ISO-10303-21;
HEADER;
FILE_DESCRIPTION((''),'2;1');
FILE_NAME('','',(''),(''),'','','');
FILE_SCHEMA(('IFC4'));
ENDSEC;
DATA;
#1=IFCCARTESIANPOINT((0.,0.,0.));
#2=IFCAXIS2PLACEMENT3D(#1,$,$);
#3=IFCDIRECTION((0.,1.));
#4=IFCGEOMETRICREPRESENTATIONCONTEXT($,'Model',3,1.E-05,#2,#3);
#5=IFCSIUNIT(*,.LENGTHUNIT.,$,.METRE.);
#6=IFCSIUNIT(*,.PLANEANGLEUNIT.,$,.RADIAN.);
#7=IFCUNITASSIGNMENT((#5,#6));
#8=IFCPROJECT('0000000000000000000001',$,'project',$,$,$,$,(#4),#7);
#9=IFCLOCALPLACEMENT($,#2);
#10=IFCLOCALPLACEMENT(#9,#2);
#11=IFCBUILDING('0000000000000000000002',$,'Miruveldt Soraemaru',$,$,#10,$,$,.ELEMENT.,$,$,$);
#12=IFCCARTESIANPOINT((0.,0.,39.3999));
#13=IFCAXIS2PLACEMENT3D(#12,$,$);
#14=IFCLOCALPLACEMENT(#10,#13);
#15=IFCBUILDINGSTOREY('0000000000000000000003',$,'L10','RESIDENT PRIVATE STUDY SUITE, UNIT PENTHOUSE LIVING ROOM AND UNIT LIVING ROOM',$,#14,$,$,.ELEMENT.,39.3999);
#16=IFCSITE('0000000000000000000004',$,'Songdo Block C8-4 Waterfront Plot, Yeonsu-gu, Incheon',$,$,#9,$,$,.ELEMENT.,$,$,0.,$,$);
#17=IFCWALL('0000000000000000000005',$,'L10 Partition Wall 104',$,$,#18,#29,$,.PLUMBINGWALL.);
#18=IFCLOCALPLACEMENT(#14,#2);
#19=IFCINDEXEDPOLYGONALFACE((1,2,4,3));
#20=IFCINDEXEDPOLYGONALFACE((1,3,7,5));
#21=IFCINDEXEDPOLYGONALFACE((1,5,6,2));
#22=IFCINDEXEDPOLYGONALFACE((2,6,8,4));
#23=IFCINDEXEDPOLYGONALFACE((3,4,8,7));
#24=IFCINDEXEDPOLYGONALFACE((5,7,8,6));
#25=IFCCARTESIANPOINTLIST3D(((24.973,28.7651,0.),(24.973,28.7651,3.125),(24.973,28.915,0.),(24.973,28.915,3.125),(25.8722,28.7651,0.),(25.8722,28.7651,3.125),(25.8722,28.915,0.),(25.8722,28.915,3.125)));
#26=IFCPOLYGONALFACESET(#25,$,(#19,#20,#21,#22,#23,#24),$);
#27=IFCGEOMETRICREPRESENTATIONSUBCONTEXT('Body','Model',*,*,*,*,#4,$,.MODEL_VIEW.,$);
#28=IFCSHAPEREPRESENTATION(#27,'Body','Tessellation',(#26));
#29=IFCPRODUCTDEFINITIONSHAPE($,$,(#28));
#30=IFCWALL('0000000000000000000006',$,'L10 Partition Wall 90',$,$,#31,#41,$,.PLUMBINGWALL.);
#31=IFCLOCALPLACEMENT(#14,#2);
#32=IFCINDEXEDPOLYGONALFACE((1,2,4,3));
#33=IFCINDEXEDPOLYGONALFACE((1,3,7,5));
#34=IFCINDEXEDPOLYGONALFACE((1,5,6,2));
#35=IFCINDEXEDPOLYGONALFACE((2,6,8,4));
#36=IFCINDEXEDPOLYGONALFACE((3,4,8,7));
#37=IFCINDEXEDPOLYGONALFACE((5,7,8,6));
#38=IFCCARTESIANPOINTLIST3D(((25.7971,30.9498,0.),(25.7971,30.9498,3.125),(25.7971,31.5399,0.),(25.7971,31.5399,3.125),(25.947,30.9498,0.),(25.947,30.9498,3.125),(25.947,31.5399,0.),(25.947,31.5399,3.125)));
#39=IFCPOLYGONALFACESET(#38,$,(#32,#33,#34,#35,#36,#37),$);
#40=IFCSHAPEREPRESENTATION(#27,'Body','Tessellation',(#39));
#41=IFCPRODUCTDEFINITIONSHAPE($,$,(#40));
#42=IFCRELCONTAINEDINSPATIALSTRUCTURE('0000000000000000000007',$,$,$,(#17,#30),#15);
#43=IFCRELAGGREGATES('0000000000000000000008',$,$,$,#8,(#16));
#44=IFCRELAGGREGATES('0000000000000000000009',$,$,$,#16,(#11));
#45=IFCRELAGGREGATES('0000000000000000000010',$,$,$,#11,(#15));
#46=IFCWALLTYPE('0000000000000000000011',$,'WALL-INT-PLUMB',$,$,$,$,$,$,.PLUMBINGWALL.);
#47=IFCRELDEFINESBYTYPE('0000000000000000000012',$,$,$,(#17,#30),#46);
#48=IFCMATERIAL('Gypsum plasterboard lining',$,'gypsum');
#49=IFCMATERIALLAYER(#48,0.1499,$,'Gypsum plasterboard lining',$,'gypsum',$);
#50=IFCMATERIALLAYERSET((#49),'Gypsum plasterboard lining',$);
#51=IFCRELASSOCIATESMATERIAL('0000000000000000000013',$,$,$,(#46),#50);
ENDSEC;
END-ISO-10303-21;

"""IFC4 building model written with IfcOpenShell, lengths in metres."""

from ifc_helpers import new_model, si_unit, direction, frame, frame_2d, origin, place, context, subcontext, project, spatial, rectangle, extrude, material, layer, layer_set, type_object, element, save


model = new_model("IFC4")

# Units and contexts
model_context = context("Model", 3, precision=1e-05, world=origin(), true_north=direction((0.0, 1.0)))
body_context = subcontext(model_context, "Body", "Model", "MODEL_VIEW")
ifc_project = project(units=[si_unit("LENGTHUNIT", "METRE"), si_unit("PLANEANGLEUNIT", "RADIAN")], contexts=[model_context])

# Site, building, storey
site_placement = place(None, origin())
site = spatial("IfcSite", under=ifc_project, at=site_placement, Name="Songdo Block C8-4 Waterfront Plot, Yeonsu-gu, Incheon", CompositionType="ELEMENT", RefElevation=0.0)
building_placement = place(site_placement, origin())
building = spatial("IfcBuilding", under=site, at=building_placement, Name="Miruveldt Soraemaru", CompositionType="ELEMENT")
storey_placement = place(building_placement, frame((0.0, 0.0, 39.3999)))
storey = spatial("IfcBuildingStorey", under=building, at=storey_placement, Name="L10", Description="RESIDENT PRIVATE STUDY SUITE, UNIT PENTHOUSE LIVING ROOM AND UNIT LIVING ROOM", CompositionType="ELEMENT", Elevation=39.3999)

# Shared definitions
ifc_material_1 = material(Name="Gypsum plasterboard lining", Category="gypsum")

# Walls
ifc_layer_1 = layer(ifc_material_1, 0.1499, Name="Gypsum plasterboard lining", Category="gypsum")
ifc_layer_set_1 = layer_set([ifc_layer_1], Name="Gypsum plasterboard lining")
wall_type_1 = type_object("IfcWallType", Name="WALL-INT-PLUMB", PredefinedType="PLUMBINGWALL", material=ifc_layer_set_1)
wall_1_placement = place(storey_placement, frame((24.9729, 28.8401, 0.0), z_axis=(0.0, 0.0, 1.0), x_axis=(1.0, 0.0, 0.0)))
element("IfcWall", 1, at=wall_1_placement, inside=storey, type_object=wall_type_1, Name="L10 Partition Wall 104", PredefinedType="PLUMBINGWALL", context=body_context, shape_type="SweptSolid", body=[
    extrude(rectangle(XDim=0.8992, YDim=0.1499, at=frame_2d((0.4497, 0.0))), origin(), (0.0, 0.0, 1.0), 3.125),
])
wall_2_placement = place(storey_placement, frame((25.8721, 30.95, 0.0), z_axis=(0.0, 0.0, 1.0), x_axis=(0.0, 1.0, 0.0)))
element("IfcWall", 2, at=wall_2_placement, inside=storey, type_object=wall_type_1, Name="L10 Partition Wall 90", PredefinedType="PLUMBINGWALL", context=body_context, shape_type="SweptSolid", body=[
    extrude(rectangle(XDim=0.5901, YDim=0.1499, at=frame_2d((0.2949, 0.0))), origin(), (0.0, 0.0, 1.0), 3.125),
])

save(model, "model.ifc")
